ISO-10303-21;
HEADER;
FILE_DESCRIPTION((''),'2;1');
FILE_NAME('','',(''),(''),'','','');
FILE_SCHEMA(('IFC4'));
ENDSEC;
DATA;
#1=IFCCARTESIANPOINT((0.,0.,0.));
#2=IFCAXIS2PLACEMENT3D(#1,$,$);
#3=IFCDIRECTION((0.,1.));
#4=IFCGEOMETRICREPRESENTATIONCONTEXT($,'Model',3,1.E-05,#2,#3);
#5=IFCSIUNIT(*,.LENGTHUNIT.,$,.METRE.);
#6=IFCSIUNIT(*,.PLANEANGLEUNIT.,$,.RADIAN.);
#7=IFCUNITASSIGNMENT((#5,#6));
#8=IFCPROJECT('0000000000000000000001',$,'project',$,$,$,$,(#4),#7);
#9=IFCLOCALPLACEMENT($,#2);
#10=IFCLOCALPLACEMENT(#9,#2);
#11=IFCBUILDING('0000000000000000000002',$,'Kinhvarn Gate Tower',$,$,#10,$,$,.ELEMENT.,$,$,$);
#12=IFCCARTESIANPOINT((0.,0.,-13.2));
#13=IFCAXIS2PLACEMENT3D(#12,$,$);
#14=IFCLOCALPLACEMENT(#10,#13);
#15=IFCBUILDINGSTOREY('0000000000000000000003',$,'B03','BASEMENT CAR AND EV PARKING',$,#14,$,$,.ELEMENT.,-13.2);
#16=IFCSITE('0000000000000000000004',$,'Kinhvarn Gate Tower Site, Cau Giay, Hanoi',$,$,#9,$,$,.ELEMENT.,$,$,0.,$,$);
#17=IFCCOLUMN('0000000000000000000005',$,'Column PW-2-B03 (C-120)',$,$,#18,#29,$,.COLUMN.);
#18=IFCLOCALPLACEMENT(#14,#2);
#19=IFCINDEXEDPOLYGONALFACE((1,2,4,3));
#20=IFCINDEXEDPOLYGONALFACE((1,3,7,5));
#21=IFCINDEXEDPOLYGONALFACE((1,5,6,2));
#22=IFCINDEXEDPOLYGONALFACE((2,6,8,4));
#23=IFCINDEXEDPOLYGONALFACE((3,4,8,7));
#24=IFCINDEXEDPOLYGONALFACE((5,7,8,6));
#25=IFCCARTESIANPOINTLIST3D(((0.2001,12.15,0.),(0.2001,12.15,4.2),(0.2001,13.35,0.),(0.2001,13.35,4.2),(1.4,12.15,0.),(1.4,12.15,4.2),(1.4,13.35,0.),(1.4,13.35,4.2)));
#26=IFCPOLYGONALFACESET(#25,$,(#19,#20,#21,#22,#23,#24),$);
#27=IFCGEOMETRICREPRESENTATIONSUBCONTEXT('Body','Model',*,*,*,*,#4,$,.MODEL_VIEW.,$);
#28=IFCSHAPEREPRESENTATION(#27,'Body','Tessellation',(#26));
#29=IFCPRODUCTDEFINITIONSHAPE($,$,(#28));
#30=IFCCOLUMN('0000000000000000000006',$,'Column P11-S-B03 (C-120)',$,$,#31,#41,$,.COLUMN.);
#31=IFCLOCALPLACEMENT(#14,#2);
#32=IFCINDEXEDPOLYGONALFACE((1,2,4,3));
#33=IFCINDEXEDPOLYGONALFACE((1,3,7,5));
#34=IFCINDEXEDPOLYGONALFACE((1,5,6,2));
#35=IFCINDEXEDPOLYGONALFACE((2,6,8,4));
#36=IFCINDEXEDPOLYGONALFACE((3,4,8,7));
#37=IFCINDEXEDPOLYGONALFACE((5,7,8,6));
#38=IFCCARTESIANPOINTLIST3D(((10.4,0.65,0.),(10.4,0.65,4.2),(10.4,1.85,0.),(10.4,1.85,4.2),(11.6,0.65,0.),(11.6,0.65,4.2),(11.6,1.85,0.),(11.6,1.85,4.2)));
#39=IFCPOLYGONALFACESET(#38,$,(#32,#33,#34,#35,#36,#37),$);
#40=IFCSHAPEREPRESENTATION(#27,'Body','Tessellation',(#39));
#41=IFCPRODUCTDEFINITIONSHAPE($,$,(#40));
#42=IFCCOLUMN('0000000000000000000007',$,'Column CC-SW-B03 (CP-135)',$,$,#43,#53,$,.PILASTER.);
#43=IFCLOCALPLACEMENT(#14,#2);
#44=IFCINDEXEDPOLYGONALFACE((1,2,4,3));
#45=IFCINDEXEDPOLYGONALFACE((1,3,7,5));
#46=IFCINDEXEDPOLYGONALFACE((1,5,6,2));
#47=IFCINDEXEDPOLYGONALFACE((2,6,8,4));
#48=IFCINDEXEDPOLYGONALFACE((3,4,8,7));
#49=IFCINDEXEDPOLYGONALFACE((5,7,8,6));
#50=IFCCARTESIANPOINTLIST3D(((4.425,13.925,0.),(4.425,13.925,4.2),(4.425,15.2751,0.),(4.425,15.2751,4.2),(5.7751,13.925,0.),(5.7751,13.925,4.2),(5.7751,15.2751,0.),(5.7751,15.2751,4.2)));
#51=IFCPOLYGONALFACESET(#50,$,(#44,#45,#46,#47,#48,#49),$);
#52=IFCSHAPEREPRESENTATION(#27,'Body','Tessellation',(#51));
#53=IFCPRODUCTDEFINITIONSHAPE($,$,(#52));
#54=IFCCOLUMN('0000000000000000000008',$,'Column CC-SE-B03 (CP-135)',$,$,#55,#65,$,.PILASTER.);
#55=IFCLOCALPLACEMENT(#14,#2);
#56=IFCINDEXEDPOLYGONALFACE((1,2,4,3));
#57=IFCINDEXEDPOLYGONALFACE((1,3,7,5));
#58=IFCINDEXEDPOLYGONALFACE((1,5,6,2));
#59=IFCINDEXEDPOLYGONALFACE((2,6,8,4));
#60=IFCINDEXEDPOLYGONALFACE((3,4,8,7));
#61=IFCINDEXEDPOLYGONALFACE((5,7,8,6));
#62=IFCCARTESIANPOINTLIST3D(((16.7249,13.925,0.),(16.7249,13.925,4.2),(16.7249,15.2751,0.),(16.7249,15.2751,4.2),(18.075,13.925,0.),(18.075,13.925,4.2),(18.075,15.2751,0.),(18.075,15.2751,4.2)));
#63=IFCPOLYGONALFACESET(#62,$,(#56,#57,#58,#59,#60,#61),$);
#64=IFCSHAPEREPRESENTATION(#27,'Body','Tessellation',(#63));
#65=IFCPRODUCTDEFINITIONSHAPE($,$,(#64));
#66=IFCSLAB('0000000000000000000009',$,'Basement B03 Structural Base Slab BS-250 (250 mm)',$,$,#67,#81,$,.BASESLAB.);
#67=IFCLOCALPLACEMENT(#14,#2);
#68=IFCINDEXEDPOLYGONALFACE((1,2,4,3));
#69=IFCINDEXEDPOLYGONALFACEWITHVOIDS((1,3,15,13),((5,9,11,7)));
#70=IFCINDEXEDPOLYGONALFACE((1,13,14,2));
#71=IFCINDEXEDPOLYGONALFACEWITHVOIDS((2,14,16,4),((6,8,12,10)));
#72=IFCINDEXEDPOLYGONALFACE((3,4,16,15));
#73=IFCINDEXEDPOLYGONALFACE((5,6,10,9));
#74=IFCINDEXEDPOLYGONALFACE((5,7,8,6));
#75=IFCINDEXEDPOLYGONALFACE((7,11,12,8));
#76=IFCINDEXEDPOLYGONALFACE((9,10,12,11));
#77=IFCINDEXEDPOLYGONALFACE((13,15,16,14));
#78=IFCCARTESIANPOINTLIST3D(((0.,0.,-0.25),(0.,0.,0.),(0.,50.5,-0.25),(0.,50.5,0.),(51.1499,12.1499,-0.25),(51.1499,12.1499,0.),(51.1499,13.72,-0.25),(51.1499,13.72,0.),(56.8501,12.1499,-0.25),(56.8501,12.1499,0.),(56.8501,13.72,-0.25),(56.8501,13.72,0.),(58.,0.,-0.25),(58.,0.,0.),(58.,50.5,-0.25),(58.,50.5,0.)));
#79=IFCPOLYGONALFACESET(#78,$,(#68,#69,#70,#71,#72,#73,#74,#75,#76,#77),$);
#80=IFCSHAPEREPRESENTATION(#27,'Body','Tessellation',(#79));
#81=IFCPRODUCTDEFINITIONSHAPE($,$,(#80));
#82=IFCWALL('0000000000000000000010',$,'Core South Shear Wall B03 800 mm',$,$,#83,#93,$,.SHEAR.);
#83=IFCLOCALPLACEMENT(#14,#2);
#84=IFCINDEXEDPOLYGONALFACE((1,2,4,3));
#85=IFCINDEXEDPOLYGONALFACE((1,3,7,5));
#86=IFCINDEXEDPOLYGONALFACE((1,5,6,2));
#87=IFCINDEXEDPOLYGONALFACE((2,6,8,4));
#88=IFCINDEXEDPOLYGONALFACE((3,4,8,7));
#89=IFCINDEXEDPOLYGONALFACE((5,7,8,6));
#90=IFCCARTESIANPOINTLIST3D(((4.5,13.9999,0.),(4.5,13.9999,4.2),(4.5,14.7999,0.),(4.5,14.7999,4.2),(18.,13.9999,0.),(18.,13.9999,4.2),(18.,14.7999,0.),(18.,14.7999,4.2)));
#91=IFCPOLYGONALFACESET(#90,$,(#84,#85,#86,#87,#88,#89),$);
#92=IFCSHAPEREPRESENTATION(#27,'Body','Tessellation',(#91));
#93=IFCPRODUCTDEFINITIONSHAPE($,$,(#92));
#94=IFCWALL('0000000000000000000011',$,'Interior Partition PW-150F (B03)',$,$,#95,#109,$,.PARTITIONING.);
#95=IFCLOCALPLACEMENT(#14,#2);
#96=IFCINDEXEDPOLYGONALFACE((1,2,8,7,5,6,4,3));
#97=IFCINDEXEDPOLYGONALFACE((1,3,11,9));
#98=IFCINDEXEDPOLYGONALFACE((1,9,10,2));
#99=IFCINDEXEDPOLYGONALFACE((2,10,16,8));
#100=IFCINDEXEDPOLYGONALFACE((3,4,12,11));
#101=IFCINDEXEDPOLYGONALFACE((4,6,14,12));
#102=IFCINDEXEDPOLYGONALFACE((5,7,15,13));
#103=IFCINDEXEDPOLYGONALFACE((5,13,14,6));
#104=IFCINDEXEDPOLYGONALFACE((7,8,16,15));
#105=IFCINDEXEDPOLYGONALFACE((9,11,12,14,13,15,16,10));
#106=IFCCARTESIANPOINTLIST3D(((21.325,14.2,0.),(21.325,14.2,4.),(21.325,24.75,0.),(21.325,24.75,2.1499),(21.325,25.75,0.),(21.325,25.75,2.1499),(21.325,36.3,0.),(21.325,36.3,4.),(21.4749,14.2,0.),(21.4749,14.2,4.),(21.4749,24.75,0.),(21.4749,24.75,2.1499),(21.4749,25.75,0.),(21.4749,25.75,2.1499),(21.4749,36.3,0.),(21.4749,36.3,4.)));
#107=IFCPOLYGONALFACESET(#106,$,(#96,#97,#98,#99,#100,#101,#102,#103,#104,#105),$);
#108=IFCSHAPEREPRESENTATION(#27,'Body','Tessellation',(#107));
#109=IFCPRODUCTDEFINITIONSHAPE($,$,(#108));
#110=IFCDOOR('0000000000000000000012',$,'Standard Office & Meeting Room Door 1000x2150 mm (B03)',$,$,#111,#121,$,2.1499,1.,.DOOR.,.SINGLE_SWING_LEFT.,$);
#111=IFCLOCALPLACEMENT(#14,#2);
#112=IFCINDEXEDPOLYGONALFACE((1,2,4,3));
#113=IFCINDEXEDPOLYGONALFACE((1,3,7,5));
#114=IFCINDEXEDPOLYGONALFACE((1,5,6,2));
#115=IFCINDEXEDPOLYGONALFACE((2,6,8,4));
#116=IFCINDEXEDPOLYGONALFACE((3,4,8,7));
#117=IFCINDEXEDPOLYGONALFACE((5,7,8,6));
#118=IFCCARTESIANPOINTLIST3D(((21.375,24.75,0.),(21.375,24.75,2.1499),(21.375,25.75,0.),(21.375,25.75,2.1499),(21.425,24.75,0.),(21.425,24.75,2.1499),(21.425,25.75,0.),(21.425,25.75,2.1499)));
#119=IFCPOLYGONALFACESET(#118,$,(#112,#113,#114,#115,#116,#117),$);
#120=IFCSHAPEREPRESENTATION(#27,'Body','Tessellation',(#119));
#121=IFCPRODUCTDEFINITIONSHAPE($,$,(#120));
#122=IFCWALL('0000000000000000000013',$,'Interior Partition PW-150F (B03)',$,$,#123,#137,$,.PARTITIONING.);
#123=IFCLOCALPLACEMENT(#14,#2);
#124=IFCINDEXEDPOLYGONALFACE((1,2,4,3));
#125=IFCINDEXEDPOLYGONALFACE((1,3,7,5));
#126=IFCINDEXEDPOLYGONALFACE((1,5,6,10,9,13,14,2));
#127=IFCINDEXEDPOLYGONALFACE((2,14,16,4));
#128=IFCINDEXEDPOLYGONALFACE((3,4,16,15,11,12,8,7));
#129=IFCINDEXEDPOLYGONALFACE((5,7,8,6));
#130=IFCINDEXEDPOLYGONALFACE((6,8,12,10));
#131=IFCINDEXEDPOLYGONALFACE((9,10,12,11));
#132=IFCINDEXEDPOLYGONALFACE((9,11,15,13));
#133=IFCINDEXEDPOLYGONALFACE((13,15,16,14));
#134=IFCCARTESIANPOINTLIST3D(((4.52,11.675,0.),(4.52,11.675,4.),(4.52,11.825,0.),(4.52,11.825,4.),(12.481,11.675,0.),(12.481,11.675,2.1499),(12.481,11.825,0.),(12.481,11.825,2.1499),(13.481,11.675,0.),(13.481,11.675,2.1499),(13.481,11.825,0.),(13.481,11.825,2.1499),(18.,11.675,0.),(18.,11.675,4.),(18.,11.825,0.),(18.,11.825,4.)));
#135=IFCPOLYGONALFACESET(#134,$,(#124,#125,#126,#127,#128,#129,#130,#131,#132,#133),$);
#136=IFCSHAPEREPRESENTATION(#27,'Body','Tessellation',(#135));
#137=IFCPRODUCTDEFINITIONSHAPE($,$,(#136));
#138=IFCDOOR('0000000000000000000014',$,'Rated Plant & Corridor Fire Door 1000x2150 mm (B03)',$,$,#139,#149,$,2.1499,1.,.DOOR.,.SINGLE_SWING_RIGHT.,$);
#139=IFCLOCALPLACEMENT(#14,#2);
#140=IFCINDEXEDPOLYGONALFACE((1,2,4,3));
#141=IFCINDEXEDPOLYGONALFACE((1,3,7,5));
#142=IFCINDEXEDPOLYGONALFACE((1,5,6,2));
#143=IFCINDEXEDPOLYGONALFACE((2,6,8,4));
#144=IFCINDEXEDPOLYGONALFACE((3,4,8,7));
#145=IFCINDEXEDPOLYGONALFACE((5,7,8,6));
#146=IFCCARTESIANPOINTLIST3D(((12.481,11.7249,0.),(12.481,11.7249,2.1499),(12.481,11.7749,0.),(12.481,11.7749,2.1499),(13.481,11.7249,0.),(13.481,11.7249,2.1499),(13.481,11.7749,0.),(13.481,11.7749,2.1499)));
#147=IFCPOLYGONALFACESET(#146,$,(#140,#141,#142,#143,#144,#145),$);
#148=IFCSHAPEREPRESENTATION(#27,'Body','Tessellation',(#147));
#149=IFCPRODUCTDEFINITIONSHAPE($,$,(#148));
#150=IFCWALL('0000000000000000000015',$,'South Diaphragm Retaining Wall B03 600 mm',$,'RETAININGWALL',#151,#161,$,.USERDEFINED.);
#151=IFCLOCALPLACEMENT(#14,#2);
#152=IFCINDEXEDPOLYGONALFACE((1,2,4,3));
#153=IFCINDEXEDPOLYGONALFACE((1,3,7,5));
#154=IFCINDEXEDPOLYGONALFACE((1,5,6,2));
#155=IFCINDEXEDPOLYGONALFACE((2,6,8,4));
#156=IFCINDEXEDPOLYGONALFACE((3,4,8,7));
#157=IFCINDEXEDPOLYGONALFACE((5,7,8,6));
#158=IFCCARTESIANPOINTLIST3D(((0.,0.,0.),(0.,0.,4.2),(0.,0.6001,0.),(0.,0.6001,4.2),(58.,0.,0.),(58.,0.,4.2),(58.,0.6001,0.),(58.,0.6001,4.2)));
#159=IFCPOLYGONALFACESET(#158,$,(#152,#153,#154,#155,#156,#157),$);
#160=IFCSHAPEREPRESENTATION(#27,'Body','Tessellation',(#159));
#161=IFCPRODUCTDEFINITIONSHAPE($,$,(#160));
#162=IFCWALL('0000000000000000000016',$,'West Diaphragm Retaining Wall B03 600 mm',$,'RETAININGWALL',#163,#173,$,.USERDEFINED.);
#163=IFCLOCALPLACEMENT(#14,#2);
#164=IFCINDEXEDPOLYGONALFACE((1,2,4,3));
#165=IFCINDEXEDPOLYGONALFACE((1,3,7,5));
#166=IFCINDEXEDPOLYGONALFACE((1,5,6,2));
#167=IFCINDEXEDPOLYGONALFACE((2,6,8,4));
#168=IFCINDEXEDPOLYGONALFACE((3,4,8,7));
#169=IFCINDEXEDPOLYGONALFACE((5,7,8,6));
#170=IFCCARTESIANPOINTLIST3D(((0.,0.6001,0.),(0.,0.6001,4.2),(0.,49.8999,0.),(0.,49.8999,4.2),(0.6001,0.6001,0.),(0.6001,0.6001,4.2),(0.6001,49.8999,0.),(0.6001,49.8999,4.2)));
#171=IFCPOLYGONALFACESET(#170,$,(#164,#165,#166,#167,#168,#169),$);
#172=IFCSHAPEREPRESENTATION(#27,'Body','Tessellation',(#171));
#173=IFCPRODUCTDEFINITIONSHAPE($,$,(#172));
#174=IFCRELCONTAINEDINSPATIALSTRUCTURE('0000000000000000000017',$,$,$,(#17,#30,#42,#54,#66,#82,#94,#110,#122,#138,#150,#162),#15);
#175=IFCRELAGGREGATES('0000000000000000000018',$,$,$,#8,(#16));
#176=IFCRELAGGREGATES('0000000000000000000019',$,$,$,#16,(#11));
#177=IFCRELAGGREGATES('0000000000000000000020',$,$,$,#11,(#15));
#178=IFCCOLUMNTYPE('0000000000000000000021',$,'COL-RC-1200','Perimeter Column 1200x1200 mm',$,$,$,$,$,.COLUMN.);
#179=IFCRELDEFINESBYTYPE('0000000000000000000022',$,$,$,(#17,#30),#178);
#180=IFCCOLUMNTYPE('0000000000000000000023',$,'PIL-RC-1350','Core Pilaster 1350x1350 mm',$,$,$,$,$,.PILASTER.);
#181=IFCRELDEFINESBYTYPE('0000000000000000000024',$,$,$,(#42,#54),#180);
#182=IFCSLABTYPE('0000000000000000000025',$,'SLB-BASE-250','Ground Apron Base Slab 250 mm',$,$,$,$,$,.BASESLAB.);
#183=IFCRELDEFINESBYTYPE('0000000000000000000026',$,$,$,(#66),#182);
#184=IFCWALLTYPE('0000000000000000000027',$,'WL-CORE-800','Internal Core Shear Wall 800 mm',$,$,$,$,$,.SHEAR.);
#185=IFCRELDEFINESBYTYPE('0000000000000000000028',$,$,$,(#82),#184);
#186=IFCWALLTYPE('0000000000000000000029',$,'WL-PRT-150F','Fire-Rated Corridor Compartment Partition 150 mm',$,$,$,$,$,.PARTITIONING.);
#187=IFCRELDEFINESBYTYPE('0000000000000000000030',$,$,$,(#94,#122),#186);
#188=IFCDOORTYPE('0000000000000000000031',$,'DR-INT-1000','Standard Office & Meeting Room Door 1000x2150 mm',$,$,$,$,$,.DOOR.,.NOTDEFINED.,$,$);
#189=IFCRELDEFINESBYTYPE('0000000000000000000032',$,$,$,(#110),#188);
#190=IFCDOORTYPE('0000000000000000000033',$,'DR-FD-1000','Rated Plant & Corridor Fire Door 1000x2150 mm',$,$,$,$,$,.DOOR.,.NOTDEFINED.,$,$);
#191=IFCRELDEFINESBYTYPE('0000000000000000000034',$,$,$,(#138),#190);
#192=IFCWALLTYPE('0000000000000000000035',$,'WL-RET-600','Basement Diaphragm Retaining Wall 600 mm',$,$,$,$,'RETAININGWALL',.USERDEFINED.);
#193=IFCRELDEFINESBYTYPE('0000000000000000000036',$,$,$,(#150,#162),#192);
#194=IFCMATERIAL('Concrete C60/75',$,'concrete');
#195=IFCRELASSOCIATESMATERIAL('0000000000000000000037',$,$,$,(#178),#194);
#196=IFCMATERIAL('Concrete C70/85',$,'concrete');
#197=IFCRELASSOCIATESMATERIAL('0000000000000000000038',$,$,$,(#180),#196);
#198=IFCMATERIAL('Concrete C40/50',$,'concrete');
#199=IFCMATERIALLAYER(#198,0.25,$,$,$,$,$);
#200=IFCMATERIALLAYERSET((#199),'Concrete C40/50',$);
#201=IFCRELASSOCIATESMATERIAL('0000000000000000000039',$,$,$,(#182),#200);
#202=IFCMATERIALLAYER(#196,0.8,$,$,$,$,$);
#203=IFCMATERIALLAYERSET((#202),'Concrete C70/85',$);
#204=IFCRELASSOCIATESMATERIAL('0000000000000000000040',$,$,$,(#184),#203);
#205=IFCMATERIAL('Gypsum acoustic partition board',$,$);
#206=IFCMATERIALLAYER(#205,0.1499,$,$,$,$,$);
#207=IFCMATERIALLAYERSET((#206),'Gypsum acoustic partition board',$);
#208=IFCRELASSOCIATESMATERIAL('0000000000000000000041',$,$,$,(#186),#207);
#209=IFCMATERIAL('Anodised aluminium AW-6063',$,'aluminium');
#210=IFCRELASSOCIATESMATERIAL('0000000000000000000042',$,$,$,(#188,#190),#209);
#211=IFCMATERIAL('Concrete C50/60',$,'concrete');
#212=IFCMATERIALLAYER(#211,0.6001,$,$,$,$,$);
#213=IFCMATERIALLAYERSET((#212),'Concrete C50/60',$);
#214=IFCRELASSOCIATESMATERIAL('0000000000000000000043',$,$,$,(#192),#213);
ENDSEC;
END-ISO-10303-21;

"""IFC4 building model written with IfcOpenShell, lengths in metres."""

from ifc_helpers import new_model, si_unit, direction, frame, frame_2d, origin, origin_2d, place, context, subcontext, project, spatial, polyline, rectangle, outline, extrude, material, layer, layer_set, material_profile, profile_set, type_object, element, fill, save


model = new_model("IFC4")

# Units and contexts
model_context = context("Model", 3, precision=1e-05, world=origin(), true_north=direction((0.0, 1.0)))
body_context = subcontext(model_context, "Body", "Model", "MODEL_VIEW")
ifc_project = project(units=[si_unit("LENGTHUNIT", "METRE"), si_unit("PLANEANGLEUNIT", "RADIAN")], contexts=[model_context])

# Site, building, storey
site_placement = place(None, origin())
site = spatial("IfcSite", under=ifc_project, at=site_placement, Name="Kinhvarn Gate Tower Site, Cau Giay, Hanoi", CompositionType="ELEMENT", RefElevation=0.0)
building_placement = place(site_placement, origin())
building = spatial("IfcBuilding", under=site, at=building_placement, Name="Kinhvarn Gate Tower", CompositionType="ELEMENT")
storey_placement = place(building_placement, frame((0.0, 0.0, -13.2)))
storey = spatial("IfcBuildingStorey", under=building, at=storey_placement, Name="B03", Description="BASEMENT CAR AND EV PARKING", CompositionType="ELEMENT", Elevation=-13.2)

# Shared definitions
ifc_material_1 = material(Name="Concrete C50/60", Category="concrete")

# Shared definitions
ifc_material_2 = material(Name="Concrete C40/50", Category="concrete")

# Columns
ifc_material_3 = material(Name="Concrete C70/85", Category="concrete")
ifc_material_4 = material(Name="Concrete C60/75", Category="concrete")
ifc_material_profile_1 = material_profile(ifc_material_4, rectangle(XDim=1.2, YDim=1.2, at=origin_2d()), Name="RC 1200x1200")
ifc_profile_set_1 = profile_set([ifc_material_profile_1], Name="Concrete C60/75")
column_type_1 = type_object("IfcColumnType", Name="COL-RC-1200", Description="Perimeter Column 1200x1200 mm", PredefinedType="COLUMN", material=ifc_profile_set_1)
for number, where, z_axis, x_axis, name in (
    (1, (0.8, 12.75, 0.0), (0.0, 0.0, 1.0), (1.0, 0.0, 0.0), "Column PW-2-B03 (C-120)"),
    (2, (11.0, 1.25, 0.0), (0.0, 0.0, 1.0), (1.0, 0.0, 0.0), "Column P11-S-B03 (C-120)"),
):
    element("IfcColumn", number, at=place(storey_placement, frame(where, z_axis=z_axis, x_axis=x_axis)), inside=storey, type_object=column_type_1, Name=name, PredefinedType="COLUMN", context=body_context, shape_type="SweptSolid", body=[
        extrude(rectangle(XDim=1.2, YDim=1.2, at=origin_2d()), origin(), (0.0, 0.0, 1.0), 4.2),
    ])
ifc_material_profile_2 = material_profile(ifc_material_3, rectangle(XDim=1.3501, YDim=1.3501, at=origin_2d()), Name="RC 1350x1350")
ifc_profile_set_2 = profile_set([ifc_material_profile_2], Name="Concrete C70/85")
column_type_2 = type_object("IfcColumnType", Name="PIL-RC-1350", Description="Core Pilaster 1350x1350 mm", PredefinedType="PILASTER", material=ifc_profile_set_2)
for number, where, z_axis, x_axis, name in (
    (3, (5.1001, 14.6001, 0.0), (0.0, 0.0, 1.0), (1.0, 0.0, 0.0), "Column CC-SW-B03 (CP-135)"),
    (4, (17.3999, 14.6001, 0.0), (0.0, 0.0, 1.0), (1.0, 0.0, 0.0), "Column CC-SE-B03 (CP-135)"),
):
    element("IfcColumn", number, at=place(storey_placement, frame(where, z_axis=z_axis, x_axis=x_axis)), inside=storey, type_object=column_type_2, Name=name, PredefinedType="PILASTER", context=body_context, shape_type="SweptSolid", body=[
        extrude(rectangle(XDim=1.3501, YDim=1.3501, at=origin_2d()), origin(), (0.0, 0.0, 1.0), 4.2),
    ])

# Slab
ifc_layer_1 = layer(ifc_material_2, 0.25)
ifc_layer_set_1 = layer_set([ifc_layer_1], Name="Concrete C40/50")
slab_type = type_object("IfcSlabType", Name="SLB-BASE-250", Description="Ground Apron Base Slab 250 mm", PredefinedType="BASESLAB", material=ifc_layer_set_1)
slab_placement = place(storey_placement, frame((0.0, 0.0, -0.25)))
element("IfcSlab", 5, at=slab_placement, inside=storey, type_object=slab_type, Name="Basement B03 Structural Base Slab BS-250 (250 mm)", PredefinedType="BASESLAB", context=body_context, shape_type="SweptSolid", body=[
    extrude(outline(polyline([(0.0, 0.0), (58.0, 0.0), (58.0, 50.5), (0.0, 50.5), (0.0, 0.0)]), holes=[polyline([(51.1499, 12.1499), (56.8501, 12.1499), (56.8501, 13.72), (51.1499, 13.72), (51.1499, 12.1499)])]), origin(), (0.0, 0.0, 1.0), 0.25),
])

# Wall
ifc_layer_2 = layer(ifc_material_3, 0.8)
ifc_layer_set_2 = layer_set([ifc_layer_2], Name="Concrete C70/85")
wall_type_1 = type_object("IfcWallType", Name="WL-CORE-800", Description="Internal Core Shear Wall 800 mm", PredefinedType="SHEAR", material=ifc_layer_set_2)
wall_1_placement = place(storey_placement, frame((4.5, 14.3999, 0.0), z_axis=(0.0, 0.0, 1.0), x_axis=(1.0, 0.0, 0.0)))
element("IfcWall", 6, at=wall_1_placement, inside=storey, type_object=wall_type_1, Name="Core South Shear Wall B03 800 mm", PredefinedType="SHEAR", context=body_context, shape_type="SweptSolid", body=[
    extrude(rectangle(XDim=13.5, YDim=0.8, at=frame_2d((6.75, 0.0))), origin(), (0.0, 0.0, 1.0), 4.2),
])

# Walls, openings, doors
ifc_material_5 = material(Name="Gypsum acoustic partition board")
ifc_layer_3 = layer(ifc_material_5, 0.1499)
ifc_layer_set_3 = layer_set([ifc_layer_3], Name="Gypsum acoustic partition board")
wall_type_2 = type_object("IfcWallType", Name="WL-PRT-150F", Description="Fire-Rated Corridor Compartment Partition 150 mm", PredefinedType="PARTITIONING", material=ifc_layer_set_3)
wall_2_placement = place(storey_placement, frame((21.3999, 14.2, 0.0), z_axis=(0.0, 0.0, 1.0), x_axis=(0.0, 1.0, 0.0)))
wall_2 = element("IfcWall", 7, at=wall_2_placement, inside=storey, type_object=wall_type_2, Name="Interior Partition PW-150F (B03)", PredefinedType="PARTITIONING", context=body_context, shape_type="SweptSolid", body=[
    extrude(rectangle(XDim=22.1001, YDim=0.1499, at=frame_2d((11.05, 0.0))), origin(), (0.0, 0.0, 1.0), 4.0),
])
opening_1_placement = place(wall_2_placement, frame((10.55, 0.0, 0.0)))
opening_1 = element("IfcOpeningElement", 8, at=opening_1_placement, cuts=wall_2, PredefinedType="OPENING", context=body_context, shape_type="SweptSolid", body=[
    extrude(rectangle(XDim=1.0, YDim=2.1499, at=frame_2d((0.5, 1.075))), frame((0.0, 0.085, 0.0), z_axis=(0.0, -1.0, 0.0), x_axis=(1.0, 0.0, 0.0)), (0.0, 0.0, 1.0), 0.1699),
])
ifc_material_6 = material(Name="Anodised aluminium AW-6063", Category="aluminium")
door_type_1 = type_object("IfcDoorType", Name="DR-INT-1000", Description="Standard Office & Meeting Room Door 1000x2150 mm", OperationType="NOTDEFINED", PredefinedType="DOOR", material=ifc_material_6)
door_1_placement = place(opening_1_placement, origin())
door_1 = element("IfcDoor", 9, at=door_1_placement, inside=storey, type_object=door_type_1, Name="Standard Office & Meeting Room Door 1000x2150 mm (B03)", OperationType="SINGLE_SWING_LEFT", OverallHeight=2.1499, OverallWidth=1.0, PredefinedType="DOOR", context=body_context, shape_type="SweptSolid", body=[
    extrude(rectangle(XDim=1.0, YDim=2.1499, at=frame_2d((0.5, 1.075))), frame((0.0, 0.0249, 0.0), z_axis=(0.0, -1.0, 0.0), x_axis=(1.0, 0.0, 0.0)), (0.0, 0.0, 1.0), 0.05),
])
fill(opening_1, door_1)
wall_3_placement = place(storey_placement, frame((4.52, 11.75, 0.0), z_axis=(0.0, 0.0, 1.0), x_axis=(1.0, 0.0, 0.0)))
wall_3 = element("IfcWall", 10, at=wall_3_placement, inside=storey, type_object=wall_type_2, Name="Interior Partition PW-150F (B03)", PredefinedType="PARTITIONING", context=body_context, shape_type="SweptSolid", body=[
    extrude(rectangle(XDim=13.48, YDim=0.1499, at=frame_2d((6.74, 0.0))), origin(), (0.0, 0.0, 1.0), 4.0),
])
opening_2_placement = place(wall_3_placement, frame((7.9609, 0.0, 0.0)))
opening_2 = element("IfcOpeningElement", 11, at=opening_2_placement, cuts=wall_3, PredefinedType="OPENING", context=body_context, shape_type="SweptSolid", body=[
    extrude(rectangle(XDim=1.0, YDim=2.1499, at=frame_2d((0.5, 1.075))), frame((0.0, 0.085, 0.0), z_axis=(0.0, -1.0, 0.0), x_axis=(1.0, 0.0, 0.0)), (0.0, 0.0, 1.0), 0.1699),
])
door_type_2 = type_object("IfcDoorType", Name="DR-FD-1000", Description="Rated Plant & Corridor Fire Door 1000x2150 mm", OperationType="NOTDEFINED", PredefinedType="DOOR", material=ifc_material_6)
door_2_placement = place(opening_2_placement, origin())
door_2 = element("IfcDoor", 12, at=door_2_placement, inside=storey, type_object=door_type_2, Name="Rated Plant & Corridor Fire Door 1000x2150 mm (B03)", OperationType="SINGLE_SWING_RIGHT", OverallHeight=2.1499, OverallWidth=1.0, PredefinedType="DOOR", context=body_context, shape_type="SweptSolid", body=[
    extrude(rectangle(XDim=1.0, YDim=2.1499, at=frame_2d((0.5, 1.075))), frame((0.0, 0.0249, 0.0), z_axis=(0.0, -1.0, 0.0), x_axis=(1.0, 0.0, 0.0)), (0.0, 0.0, 1.0), 0.05),
])
fill(opening_2, door_2)

# Walls
ifc_layer_4 = layer(ifc_material_1, 0.6001)
ifc_layer_set_4 = layer_set([ifc_layer_4], Name="Concrete C50/60")
wall_type_3 = type_object("IfcWallType", Name="WL-RET-600", Description="Basement Diaphragm Retaining Wall 600 mm", ElementType="RETAININGWALL", PredefinedType="USERDEFINED", material=ifc_layer_set_4)
wall_4_placement = place(storey_placement, frame((0.0, 0.3, 0.0), z_axis=(0.0, 0.0, 1.0), x_axis=(1.0, 0.0, 0.0)))
element("IfcWall", 13, at=wall_4_placement, inside=storey, type_object=wall_type_3, Name="South Diaphragm Retaining Wall B03 600 mm", ObjectType="RETAININGWALL", PredefinedType="USERDEFINED", context=body_context, shape_type="SweptSolid", body=[
    extrude(rectangle(XDim=58.0, YDim=0.6001, at=frame_2d((29.0, 0.0))), origin(), (0.0, 0.0, 1.0), 4.2),
])
wall_5_placement = place(storey_placement, frame((0.3, 0.6001, 0.0), z_axis=(0.0, 0.0, 1.0), x_axis=(0.0, 1.0, 0.0)))
element("IfcWall", 14, at=wall_5_placement, inside=storey, type_object=wall_type_3, Name="West Diaphragm Retaining Wall B03 600 mm", ObjectType="RETAININGWALL", PredefinedType="USERDEFINED", context=body_context, shape_type="SweptSolid", body=[
    extrude(rectangle(XDim=49.2998, YDim=0.6001, at=frame_2d((24.6499, 0.0))), origin(), (0.0, 0.0, 1.0), 4.2),
])

save(model, "model.ifc")
